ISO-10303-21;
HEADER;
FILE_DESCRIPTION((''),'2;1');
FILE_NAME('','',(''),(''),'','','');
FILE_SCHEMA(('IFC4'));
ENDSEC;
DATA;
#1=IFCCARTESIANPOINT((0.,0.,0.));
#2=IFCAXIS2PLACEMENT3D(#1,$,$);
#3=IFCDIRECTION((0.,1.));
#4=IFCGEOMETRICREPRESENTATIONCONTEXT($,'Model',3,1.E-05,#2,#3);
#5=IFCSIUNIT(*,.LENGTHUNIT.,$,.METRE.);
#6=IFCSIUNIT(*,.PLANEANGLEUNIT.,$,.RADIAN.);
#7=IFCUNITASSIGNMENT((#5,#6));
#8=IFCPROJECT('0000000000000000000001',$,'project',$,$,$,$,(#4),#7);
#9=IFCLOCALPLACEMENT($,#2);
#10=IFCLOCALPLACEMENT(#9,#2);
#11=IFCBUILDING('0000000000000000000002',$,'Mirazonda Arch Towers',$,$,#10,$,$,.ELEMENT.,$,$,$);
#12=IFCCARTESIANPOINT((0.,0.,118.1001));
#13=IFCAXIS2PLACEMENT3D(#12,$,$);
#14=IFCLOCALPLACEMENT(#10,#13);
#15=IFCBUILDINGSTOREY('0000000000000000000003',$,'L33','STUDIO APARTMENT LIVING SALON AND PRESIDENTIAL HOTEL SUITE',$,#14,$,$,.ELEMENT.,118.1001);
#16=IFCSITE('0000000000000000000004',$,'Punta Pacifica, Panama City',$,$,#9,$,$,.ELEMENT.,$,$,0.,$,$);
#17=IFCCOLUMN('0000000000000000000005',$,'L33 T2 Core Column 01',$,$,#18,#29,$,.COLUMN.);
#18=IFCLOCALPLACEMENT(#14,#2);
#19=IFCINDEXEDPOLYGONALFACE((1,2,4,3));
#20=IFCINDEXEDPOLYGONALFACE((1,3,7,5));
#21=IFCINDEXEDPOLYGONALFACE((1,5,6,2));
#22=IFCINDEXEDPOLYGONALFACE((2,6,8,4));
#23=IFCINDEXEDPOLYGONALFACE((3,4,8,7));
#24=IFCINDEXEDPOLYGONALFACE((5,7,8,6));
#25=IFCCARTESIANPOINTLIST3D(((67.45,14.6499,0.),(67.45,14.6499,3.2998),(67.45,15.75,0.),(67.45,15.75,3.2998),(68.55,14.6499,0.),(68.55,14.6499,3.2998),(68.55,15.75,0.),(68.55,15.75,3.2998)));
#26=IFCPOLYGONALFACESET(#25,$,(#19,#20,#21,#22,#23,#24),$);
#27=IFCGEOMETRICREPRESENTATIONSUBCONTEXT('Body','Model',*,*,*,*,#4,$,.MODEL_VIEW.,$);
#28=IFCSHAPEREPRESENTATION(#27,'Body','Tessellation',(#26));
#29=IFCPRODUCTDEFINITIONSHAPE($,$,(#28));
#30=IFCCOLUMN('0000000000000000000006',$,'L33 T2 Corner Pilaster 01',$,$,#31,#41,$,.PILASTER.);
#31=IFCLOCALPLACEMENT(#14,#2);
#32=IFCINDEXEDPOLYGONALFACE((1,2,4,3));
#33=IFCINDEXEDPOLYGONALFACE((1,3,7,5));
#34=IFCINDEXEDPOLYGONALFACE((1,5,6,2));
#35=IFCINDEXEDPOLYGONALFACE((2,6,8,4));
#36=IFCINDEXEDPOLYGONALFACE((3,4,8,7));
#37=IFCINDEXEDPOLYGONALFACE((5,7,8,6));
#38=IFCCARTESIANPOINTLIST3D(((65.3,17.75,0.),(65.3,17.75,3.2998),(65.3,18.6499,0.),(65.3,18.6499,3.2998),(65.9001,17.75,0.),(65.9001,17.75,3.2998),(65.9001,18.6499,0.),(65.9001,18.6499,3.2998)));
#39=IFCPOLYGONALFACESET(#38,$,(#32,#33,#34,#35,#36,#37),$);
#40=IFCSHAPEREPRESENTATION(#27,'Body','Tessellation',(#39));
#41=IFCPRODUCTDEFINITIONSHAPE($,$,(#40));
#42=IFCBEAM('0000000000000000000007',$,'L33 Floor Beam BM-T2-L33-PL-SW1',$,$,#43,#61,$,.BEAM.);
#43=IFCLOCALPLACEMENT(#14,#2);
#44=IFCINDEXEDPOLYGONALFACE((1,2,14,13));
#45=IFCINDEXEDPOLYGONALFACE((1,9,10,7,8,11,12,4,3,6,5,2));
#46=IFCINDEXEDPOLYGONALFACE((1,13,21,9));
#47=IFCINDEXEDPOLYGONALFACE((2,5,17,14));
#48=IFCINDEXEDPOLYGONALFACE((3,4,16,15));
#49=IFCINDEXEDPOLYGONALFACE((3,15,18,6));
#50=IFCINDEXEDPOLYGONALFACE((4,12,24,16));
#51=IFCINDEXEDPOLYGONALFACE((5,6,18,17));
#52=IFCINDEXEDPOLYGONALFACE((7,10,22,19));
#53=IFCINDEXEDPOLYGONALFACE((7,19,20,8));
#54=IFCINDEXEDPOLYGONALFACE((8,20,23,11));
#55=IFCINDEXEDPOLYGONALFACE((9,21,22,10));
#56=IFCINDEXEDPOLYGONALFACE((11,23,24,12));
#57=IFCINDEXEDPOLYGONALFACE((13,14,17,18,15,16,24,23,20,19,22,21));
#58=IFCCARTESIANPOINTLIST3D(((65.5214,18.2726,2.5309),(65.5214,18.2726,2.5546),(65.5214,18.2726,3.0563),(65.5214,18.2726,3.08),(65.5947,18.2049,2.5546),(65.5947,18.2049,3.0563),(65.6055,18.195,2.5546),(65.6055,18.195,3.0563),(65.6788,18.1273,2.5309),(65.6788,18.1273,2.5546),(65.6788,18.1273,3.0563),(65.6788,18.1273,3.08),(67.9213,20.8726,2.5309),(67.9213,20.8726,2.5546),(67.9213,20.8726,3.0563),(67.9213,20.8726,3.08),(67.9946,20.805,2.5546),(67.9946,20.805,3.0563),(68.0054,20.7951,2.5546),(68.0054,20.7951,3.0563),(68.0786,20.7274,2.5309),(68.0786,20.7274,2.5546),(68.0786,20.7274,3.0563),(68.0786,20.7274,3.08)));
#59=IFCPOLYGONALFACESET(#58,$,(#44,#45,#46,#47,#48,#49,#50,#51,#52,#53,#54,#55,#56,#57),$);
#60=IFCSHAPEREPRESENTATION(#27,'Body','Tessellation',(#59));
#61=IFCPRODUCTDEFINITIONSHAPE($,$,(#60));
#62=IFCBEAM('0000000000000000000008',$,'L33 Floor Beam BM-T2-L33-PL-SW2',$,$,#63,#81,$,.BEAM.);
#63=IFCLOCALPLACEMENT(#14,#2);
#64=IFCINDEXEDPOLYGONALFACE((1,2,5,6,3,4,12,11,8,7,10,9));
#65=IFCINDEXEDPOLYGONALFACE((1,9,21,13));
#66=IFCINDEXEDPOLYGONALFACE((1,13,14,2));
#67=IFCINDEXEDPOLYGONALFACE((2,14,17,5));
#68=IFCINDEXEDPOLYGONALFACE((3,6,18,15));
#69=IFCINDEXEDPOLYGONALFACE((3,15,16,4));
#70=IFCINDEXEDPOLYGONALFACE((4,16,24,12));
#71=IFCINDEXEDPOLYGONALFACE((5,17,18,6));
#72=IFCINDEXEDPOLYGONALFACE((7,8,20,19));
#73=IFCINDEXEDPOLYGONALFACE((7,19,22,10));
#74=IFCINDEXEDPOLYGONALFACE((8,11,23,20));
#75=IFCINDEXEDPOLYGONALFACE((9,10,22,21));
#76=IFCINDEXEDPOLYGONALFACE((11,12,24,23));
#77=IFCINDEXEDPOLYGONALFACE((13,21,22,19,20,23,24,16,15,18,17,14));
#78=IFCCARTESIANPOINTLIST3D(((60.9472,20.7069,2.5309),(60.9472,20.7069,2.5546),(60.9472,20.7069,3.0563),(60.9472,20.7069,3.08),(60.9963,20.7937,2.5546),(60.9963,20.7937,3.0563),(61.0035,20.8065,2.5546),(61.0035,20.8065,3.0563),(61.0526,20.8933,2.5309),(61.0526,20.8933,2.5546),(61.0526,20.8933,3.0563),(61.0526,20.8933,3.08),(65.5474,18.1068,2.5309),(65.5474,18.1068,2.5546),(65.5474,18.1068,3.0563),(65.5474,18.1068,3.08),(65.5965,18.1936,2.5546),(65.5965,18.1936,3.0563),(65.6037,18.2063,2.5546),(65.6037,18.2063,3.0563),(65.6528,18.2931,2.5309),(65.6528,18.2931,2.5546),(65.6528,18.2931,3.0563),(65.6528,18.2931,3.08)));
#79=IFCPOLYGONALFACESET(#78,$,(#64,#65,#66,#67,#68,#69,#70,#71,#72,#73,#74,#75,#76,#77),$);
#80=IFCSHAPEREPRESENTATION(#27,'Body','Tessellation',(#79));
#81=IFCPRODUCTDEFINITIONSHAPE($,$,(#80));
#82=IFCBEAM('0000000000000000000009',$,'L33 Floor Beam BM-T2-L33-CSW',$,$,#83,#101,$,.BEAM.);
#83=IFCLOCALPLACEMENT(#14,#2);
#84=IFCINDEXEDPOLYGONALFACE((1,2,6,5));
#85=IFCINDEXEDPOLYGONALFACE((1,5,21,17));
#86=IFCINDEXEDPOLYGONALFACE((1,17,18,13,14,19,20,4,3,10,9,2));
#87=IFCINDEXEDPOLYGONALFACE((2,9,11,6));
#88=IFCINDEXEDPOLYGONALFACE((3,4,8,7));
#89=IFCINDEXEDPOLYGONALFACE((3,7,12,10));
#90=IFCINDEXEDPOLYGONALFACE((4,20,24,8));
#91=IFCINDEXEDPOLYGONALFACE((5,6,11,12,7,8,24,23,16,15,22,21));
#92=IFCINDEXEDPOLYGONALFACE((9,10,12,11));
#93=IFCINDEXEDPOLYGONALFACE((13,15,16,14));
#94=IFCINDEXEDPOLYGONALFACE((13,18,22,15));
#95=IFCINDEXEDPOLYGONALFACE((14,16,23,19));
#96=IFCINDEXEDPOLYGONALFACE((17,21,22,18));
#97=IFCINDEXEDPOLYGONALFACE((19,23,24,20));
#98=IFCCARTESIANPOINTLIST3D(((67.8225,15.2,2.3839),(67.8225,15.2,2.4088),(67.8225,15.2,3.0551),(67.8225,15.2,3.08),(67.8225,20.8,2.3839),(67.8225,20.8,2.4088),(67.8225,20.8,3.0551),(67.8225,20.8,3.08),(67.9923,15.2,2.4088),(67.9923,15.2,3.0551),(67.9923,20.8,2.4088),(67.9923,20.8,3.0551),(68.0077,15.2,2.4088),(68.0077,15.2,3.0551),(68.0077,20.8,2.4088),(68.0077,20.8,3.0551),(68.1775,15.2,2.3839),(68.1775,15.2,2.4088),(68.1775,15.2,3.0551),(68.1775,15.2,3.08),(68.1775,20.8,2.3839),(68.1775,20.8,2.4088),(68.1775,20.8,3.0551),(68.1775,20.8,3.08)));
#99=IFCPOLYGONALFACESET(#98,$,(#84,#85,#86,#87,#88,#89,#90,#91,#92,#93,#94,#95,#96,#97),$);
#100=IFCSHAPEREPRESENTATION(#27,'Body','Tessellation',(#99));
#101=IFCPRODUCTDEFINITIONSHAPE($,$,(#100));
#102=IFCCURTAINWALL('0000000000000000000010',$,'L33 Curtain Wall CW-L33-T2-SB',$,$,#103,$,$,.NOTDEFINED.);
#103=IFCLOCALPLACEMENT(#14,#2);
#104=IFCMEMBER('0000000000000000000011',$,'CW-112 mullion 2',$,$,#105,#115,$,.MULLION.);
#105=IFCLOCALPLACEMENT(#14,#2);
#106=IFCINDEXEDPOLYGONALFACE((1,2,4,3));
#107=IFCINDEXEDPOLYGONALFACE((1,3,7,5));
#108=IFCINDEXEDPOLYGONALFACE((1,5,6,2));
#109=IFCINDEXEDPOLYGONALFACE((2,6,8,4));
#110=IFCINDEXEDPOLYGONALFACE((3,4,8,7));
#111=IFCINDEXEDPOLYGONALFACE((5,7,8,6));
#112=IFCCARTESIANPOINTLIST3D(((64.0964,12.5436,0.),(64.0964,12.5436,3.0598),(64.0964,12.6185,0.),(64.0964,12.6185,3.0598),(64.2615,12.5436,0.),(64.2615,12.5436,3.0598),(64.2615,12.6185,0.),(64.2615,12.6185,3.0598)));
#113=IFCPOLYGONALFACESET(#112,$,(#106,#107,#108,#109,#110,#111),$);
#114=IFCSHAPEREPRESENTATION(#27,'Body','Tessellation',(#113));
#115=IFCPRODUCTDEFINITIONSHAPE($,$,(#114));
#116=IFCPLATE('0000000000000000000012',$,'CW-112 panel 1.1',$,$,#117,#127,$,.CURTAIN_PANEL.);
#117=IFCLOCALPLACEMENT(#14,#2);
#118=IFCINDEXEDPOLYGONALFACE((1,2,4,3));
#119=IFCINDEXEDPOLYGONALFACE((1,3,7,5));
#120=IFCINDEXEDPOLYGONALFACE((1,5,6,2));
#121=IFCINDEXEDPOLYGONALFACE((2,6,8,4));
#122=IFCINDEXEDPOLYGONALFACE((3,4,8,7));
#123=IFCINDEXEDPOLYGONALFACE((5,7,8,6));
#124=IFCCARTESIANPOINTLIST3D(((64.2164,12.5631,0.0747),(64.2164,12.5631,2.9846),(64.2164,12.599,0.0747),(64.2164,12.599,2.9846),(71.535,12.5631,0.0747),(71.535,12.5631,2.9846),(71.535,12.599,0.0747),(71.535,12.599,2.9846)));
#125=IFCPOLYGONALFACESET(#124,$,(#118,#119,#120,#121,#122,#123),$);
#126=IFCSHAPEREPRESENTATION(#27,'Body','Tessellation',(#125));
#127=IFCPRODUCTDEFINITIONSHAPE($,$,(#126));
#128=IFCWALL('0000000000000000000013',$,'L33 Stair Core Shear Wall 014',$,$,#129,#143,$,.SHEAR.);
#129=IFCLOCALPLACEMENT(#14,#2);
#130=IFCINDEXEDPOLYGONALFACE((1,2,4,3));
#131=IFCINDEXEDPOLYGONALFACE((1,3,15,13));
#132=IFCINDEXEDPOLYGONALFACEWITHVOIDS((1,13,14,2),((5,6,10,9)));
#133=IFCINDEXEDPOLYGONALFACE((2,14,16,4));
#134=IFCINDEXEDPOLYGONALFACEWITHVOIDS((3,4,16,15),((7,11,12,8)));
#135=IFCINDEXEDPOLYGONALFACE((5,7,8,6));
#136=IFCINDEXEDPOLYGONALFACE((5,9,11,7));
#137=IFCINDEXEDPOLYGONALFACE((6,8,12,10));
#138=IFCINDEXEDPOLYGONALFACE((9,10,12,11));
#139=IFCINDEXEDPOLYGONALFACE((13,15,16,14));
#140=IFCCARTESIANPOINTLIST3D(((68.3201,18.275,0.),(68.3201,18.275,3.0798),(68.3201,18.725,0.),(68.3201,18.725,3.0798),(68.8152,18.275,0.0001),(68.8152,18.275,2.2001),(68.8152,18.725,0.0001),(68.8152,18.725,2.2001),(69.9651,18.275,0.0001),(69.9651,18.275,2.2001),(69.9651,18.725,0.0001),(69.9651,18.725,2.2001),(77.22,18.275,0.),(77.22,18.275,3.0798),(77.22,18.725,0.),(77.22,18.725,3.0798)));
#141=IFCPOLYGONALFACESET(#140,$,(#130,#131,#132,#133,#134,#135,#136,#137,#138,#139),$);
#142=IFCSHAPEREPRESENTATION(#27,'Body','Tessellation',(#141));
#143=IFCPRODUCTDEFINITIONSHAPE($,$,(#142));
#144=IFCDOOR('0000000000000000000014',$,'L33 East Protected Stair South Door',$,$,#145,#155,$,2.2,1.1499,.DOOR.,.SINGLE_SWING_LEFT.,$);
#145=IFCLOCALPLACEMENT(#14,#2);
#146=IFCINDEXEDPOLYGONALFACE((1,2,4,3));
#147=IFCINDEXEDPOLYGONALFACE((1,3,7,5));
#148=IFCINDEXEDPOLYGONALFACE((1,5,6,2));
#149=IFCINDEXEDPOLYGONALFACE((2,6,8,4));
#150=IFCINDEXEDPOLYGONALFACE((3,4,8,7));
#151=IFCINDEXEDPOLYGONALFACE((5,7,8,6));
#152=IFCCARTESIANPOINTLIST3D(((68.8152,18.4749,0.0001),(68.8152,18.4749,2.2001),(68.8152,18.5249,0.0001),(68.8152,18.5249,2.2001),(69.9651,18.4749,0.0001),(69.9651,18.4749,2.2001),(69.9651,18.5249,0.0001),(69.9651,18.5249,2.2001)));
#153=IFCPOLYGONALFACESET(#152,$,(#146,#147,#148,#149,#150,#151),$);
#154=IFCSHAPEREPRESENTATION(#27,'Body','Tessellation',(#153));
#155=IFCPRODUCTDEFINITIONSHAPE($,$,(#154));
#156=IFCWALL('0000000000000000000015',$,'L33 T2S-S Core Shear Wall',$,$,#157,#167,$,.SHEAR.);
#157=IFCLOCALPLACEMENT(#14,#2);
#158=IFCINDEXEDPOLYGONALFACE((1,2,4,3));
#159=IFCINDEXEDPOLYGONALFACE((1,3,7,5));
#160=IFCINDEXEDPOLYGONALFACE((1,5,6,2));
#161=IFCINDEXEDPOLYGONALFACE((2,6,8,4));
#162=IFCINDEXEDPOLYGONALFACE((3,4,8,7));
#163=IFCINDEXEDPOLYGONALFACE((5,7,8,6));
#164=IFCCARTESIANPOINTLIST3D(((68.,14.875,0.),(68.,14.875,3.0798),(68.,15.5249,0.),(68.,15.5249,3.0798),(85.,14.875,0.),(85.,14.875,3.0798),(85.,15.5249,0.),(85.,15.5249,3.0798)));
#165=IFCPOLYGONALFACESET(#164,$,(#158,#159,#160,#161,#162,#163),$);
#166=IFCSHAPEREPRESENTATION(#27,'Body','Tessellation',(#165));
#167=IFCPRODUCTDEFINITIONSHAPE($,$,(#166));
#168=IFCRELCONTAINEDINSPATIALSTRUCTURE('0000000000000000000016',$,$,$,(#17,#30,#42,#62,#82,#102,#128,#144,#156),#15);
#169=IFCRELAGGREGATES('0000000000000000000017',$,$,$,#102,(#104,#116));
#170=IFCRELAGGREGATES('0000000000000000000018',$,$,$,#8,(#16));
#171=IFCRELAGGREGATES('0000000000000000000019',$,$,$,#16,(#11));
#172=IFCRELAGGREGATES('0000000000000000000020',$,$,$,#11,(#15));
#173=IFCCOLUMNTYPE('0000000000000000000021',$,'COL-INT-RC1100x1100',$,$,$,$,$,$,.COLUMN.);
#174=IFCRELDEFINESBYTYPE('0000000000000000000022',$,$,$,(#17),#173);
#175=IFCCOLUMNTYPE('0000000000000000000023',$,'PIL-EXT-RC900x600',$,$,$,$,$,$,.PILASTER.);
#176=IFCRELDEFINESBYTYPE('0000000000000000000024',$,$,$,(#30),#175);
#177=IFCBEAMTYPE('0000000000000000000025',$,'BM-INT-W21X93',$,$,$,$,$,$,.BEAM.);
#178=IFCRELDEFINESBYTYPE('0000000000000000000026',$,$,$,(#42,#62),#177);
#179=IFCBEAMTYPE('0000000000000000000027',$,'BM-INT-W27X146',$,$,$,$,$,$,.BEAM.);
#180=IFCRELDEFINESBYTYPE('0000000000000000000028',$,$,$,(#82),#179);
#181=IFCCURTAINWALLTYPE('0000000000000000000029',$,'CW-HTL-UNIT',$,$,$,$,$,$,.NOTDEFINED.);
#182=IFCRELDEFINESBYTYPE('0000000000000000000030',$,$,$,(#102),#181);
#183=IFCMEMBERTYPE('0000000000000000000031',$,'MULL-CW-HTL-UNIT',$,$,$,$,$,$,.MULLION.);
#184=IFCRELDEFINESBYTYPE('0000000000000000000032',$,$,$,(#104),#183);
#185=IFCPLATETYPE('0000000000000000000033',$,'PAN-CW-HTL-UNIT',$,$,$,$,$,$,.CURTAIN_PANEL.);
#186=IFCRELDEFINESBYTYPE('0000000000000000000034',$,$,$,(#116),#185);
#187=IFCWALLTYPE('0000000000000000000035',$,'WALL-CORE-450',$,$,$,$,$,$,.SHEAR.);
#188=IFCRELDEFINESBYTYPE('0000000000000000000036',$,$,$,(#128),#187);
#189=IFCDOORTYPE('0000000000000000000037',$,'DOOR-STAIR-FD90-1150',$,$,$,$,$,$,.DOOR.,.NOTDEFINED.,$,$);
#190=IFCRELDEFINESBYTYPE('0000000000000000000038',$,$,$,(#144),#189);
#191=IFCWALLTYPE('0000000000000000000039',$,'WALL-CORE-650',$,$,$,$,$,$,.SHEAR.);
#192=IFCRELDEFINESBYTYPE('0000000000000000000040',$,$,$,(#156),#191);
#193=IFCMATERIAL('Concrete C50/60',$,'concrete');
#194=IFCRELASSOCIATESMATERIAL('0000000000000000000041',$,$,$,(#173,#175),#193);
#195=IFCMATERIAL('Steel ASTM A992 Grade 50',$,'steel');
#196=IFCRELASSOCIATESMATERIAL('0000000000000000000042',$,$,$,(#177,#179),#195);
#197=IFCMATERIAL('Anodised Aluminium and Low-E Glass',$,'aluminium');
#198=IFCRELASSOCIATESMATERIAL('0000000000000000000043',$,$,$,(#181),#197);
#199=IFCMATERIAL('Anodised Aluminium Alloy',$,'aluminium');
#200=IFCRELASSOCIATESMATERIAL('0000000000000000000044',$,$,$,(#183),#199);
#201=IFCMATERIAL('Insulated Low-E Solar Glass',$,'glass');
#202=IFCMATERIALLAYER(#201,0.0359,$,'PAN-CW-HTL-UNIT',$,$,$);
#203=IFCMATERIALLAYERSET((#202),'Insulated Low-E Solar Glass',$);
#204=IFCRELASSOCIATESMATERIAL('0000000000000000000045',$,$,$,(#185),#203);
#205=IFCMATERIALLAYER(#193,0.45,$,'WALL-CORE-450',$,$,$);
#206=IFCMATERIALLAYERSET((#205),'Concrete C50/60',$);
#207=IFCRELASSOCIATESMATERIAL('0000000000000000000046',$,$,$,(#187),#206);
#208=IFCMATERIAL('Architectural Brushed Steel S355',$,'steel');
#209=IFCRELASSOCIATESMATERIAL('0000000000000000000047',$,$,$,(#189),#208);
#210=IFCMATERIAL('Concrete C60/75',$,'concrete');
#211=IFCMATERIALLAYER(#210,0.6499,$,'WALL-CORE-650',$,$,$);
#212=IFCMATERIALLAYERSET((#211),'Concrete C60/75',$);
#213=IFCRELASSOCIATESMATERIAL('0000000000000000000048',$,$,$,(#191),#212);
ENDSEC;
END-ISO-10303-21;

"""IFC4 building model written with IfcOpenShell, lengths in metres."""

from ifc_helpers import new_model, si_unit, direction, frame, frame_2d, origin, origin_2d, place, context, subcontext, project, spatial, rectangle, i_section, extrude, material, layer, layer_set, material_profile, profile_set, type_object, element, fill, aggregate, save


model = new_model("IFC4")

# Units and contexts
model_context = context("Model", 3, precision=1e-05, world=origin(), true_north=direction((0.0, 1.0)))
body_context = subcontext(model_context, "Body", "Model", "MODEL_VIEW")
ifc_project = project(units=[si_unit("LENGTHUNIT", "METRE"), si_unit("PLANEANGLEUNIT", "RADIAN")], contexts=[model_context])

# Site, building, storey
site_placement = place(None, origin())
site = spatial("IfcSite", under=ifc_project, at=site_placement, Name="Punta Pacifica, Panama City", CompositionType="ELEMENT", RefElevation=0.0)
building_placement = place(site_placement, origin())
building = spatial("IfcBuilding", under=site, at=building_placement, Name="Mirazonda Arch Towers", CompositionType="ELEMENT")
storey_placement = place(building_placement, frame((0.0, 0.0, 118.1001)))
storey = spatial("IfcBuildingStorey", under=building, at=storey_placement, Name="L33", Description="STUDIO APARTMENT LIVING SALON AND PRESIDENTIAL HOTEL SUITE", CompositionType="ELEMENT", Elevation=118.1001)

# Columns
ifc_material_1 = material(Name="Concrete C50/60", Category="concrete")
ifc_material_profile_1 = material_profile(ifc_material_1, rectangle(XDim=1.1001, YDim=1.1001, at=origin_2d()), Name="RC1100x1100")
ifc_profile_set_1 = profile_set([ifc_material_profile_1], Name="Concrete C50/60")
column_type_1 = type_object("IfcColumnType", Name="COL-INT-RC1100x1100", PredefinedType="COLUMN", material=ifc_profile_set_1)
column_1_placement = place(storey_placement, frame((68.0, 15.2, 0.0), z_axis=(0.0, 0.0, 1.0), x_axis=(1.0, 0.0, 0.0)))
element("IfcColumn", 1, at=column_1_placement, inside=storey, type_object=column_type_1, Name="L33 T2 Core Column 01", PredefinedType="COLUMN", context=body_context, shape_type="SweptSolid", body=[
    extrude(rectangle(XDim=1.1001, YDim=1.1001, at=origin_2d()), origin(), (0.0, 0.0, 1.0), 3.2998),
])
ifc_material_profile_2 = material_profile(ifc_material_1, rectangle(XDim=0.6001, YDim=0.8999, at=origin_2d()), Name="RC900x600")
ifc_profile_set_2 = profile_set([ifc_material_profile_2], Name="Concrete C50/60")
column_type_2 = type_object("IfcColumnType", Name="PIL-EXT-RC900x600", PredefinedType="PILASTER", material=ifc_profile_set_2)
column_2_placement = place(storey_placement, frame((65.6001, 18.2, 0.0), z_axis=(0.0, 0.0, 1.0), x_axis=(1.0, 0.0, 0.0)))
element("IfcColumn", 2, at=column_2_placement, inside=storey, type_object=column_type_2, Name="L33 T2 Corner Pilaster 01", PredefinedType="PILASTER", context=body_context, shape_type="SweptSolid", body=[
    extrude(rectangle(XDim=0.6001, YDim=0.8999, at=origin_2d()), origin(), (0.0, 0.0, 1.0), 3.2998),
])

# Beams
ifc_material_2 = material(Name="Steel ASTM A992 Grade 50", Category="steel")
ifc_material_profile_3 = material_profile(ifc_material_2, i_section(OverallWidth=0.2141, OverallDepth=0.5491, WebThickness=0.0146, FlangeThickness=0.0237, at=origin_2d()), Name="W21X93")
ifc_profile_set_3 = profile_set([ifc_material_profile_3], Name="Steel ASTM A992 Grade 50")
beam_type_1 = type_object("IfcBeamType", Name="BM-INT-W21X93", PredefinedType="BEAM", material=ifc_profile_set_3)
beam_1_placement = place(storey_placement, frame((65.6001, 18.2, 2.8054), z_axis=(0.678251, 0.73483, 0.0), x_axis=(-0.73483, 0.678251, 0.0)))
element("IfcBeam", 3, at=beam_1_placement, inside=storey, type_object=beam_type_1, Name="L33 Floor Beam BM-T2-L33-PL-SW1", PredefinedType="BEAM", context=body_context, shape_type="SweptSolid", body=[
    extrude(i_section(OverallWidth=0.2141, OverallDepth=0.5491, WebThickness=0.0146, FlangeThickness=0.0237, at=origin_2d()), origin(), (0.0, 0.0, 1.0), 3.5383),
])
beam_2_placement = place(storey_placement, frame((65.6001, 18.2, 2.8054), z_axis=(-0.870559, 0.492063, 0.0), x_axis=(-0.492063, -0.870559, 0.0)))
element("IfcBeam", 4, at=beam_2_placement, inside=storey, type_object=beam_type_1, Name="L33 Floor Beam BM-T2-L33-PL-SW2", PredefinedType="BEAM", context=body_context, shape_type="SweptSolid", body=[
    extrude(i_section(OverallWidth=0.2141, OverallDepth=0.5491, WebThickness=0.0146, FlangeThickness=0.0237, at=origin_2d()), origin(), (0.0, 0.0, 1.0), 5.2842),
])
ifc_material_profile_4 = material_profile(ifc_material_2, i_section(OverallWidth=0.355, OverallDepth=0.696, WebThickness=0.0154, FlangeThickness=0.0249, at=origin_2d()), Name="W27X146")
ifc_profile_set_4 = profile_set([ifc_material_profile_4], Name="Steel ASTM A992 Grade 50")
beam_type_2 = type_object("IfcBeamType", Name="BM-INT-W27X146", PredefinedType="BEAM", material=ifc_profile_set_4)
beam_3_placement = place(storey_placement, frame((68.0, 15.2, 2.7319), z_axis=(0.0, 1.0, 0.0), x_axis=(-1.0, 0.0, 0.0)))
element("IfcBeam", 5, at=beam_3_placement, inside=storey, type_object=beam_type_2, Name="L33 Floor Beam BM-T2-L33-CSW", PredefinedType="BEAM", context=body_context, shape_type="SweptSolid", body=[
    extrude(i_section(OverallWidth=0.355, OverallDepth=0.696, WebThickness=0.0154, FlangeThickness=0.0249, at=origin_2d()), origin(), (0.0, 0.0, 1.0), 5.6001),
])

# Curtain wall, member, plate
ifc_material_3 = material(Name="Anodised Aluminium and Low-E Glass", Category="aluminium")
curtain_wall_type = type_object("IfcCurtainWallType", Name="CW-HTL-UNIT", PredefinedType="NOTDEFINED", material=ifc_material_3)
curtain_wall_placement = place(storey_placement, origin())
curtain_wall = element("IfcCurtainWall", 6, at=curtain_wall_placement, inside=storey, type_object=curtain_wall_type, Name="L33 Curtain Wall CW-L33-T2-SB", PredefinedType="NOTDEFINED")
ifc_material_4 = material(Name="Anodised Aluminium Alloy", Category="aluminium")
ifc_material_profile_5 = material_profile(ifc_material_4, rectangle(XDim=0.075, YDim=0.165, at=origin_2d()), Name="ALU-MULL-75x165")
ifc_profile_set_5 = profile_set([ifc_material_profile_5], Name="Anodised Aluminium Alloy")
member_type = type_object("IfcMemberType", Name="MULL-CW-HTL-UNIT", PredefinedType="MULLION", material=ifc_profile_set_5)
member_placement = place(storey_placement, frame((64.179, 12.5811, 0.0), z_axis=(0.0, 0.0, 1.0), x_axis=(0.0, -1.0, 0.0)))
member = element("IfcMember", 7, at=member_placement, type_object=member_type, Name="CW-112 mullion 2", PredefinedType="MULLION", context=body_context, shape_type="SweptSolid", body=[
    extrude(rectangle(XDim=0.075, YDim=0.165, at=origin_2d()), origin(), (0.0, 0.0, 1.0), 3.0598),
])
ifc_material_5 = material(Name="Insulated Low-E Solar Glass", Category="glass")
ifc_layer_1 = layer(ifc_material_5, 0.0359, Name="PAN-CW-HTL-UNIT")
ifc_layer_set_1 = layer_set([ifc_layer_1], Name="Insulated Low-E Solar Glass")
plate_type = type_object("IfcPlateType", Name="PAN-CW-HTL-UNIT", PredefinedType="CURTAIN_PANEL", material=ifc_layer_set_1)
plate_placement = place(storey_placement, frame((67.8757, 12.5811, 0.0747), z_axis=(0.0, 0.0, 1.0), x_axis=(-1.0, 0.0, 0.0)))
plate = element("IfcPlate", 8, at=plate_placement, type_object=plate_type, Name="CW-112 panel 1.1", PredefinedType="CURTAIN_PANEL", context=body_context, shape_type="SweptSolid", body=[
    extrude(rectangle(XDim=7.3186, YDim=0.0359, at=origin_2d()), origin(), (0.0, 0.0, 1.0), 2.9099),
])
aggregate(curtain_wall, [member, plate])

# Wall, opening, door
ifc_layer_2 = layer(ifc_material_1, 0.45, Name="WALL-CORE-450")
ifc_layer_set_2 = layer_set([ifc_layer_2], Name="Concrete C50/60")
wall_type_1 = type_object("IfcWallType", Name="WALL-CORE-450", PredefinedType="SHEAR", material=ifc_layer_set_2)
wall_1_placement = place(storey_placement, frame((68.3201, 18.5, 0.0), z_axis=(0.0, 0.0, 1.0), x_axis=(1.0, 0.0, 0.0)))
wall_1 = element("IfcWall", 9, at=wall_1_placement, inside=storey, type_object=wall_type_1, Name="L33 Stair Core Shear Wall 014", PredefinedType="SHEAR", context=body_context, shape_type="SweptSolid", body=[
    extrude(rectangle(XDim=8.8999, YDim=0.45, at=frame_2d((4.45, 0.0))), origin(), (0.0, 0.0, 1.0), 3.0798),
])
opening_placement = place(wall_1_placement, frame((0.4951, 0.0, 0.0)))
opening = element("IfcOpeningElement", 10, at=opening_placement, cuts=wall_1, PredefinedType="OPENING", context=body_context, shape_type="SweptSolid", body=[
    extrude(rectangle(XDim=1.1499, YDim=2.2, at=frame_2d((0.575, 1.1001))), frame((0.0, 0.2349, 0.0), z_axis=(0.0, -1.0, 0.0), x_axis=(1.0, 0.0, 0.0)), (0.0, 0.0, 1.0), 0.47),
])
ifc_material_6 = material(Name="Architectural Brushed Steel S355", Category="steel")
door_type = type_object("IfcDoorType", Name="DOOR-STAIR-FD90-1150", OperationType="NOTDEFINED", PredefinedType="DOOR", material=ifc_material_6)
door_placement = place(opening_placement, origin())
door = element("IfcDoor", 11, at=door_placement, inside=storey, type_object=door_type, Name="L33 East Protected Stair South Door", OperationType="SINGLE_SWING_LEFT", OverallHeight=2.2, OverallWidth=1.1499, PredefinedType="DOOR", context=body_context, shape_type="SweptSolid", body=[
    extrude(rectangle(XDim=1.1499, YDim=2.2, at=frame_2d((0.575, 1.1001))), frame((0.0, 0.0249, 0.0), z_axis=(0.0, -1.0, 0.0), x_axis=(1.0, 0.0, 0.0)), (0.0, 0.0, 1.0), 0.05),
])
fill(opening, door)

# Wall
ifc_material_7 = material(Name="Concrete C60/75", Category="concrete")
ifc_layer_3 = layer(ifc_material_7, 0.6499, Name="WALL-CORE-650")
ifc_layer_set_3 = layer_set([ifc_layer_3], Name="Concrete C60/75")
wall_type_2 = type_object("IfcWallType", Name="WALL-CORE-650", PredefinedType="SHEAR", material=ifc_layer_set_3)
wall_2_placement = place(storey_placement, frame((68.0, 15.2, 0.0), z_axis=(0.0, 0.0, 1.0), x_axis=(1.0, 0.0, 0.0)))
element("IfcWall", 12, at=wall_2_placement, inside=storey, type_object=wall_type_2, Name="L33 T2S-S Core Shear Wall", PredefinedType="SHEAR", context=body_context, shape_type="SweptSolid", body=[
    extrude(rectangle(XDim=17.0, YDim=0.6499, at=frame_2d((8.5, 0.0))), origin(), (0.0, 0.0, 1.0), 3.0798),
])

save(model, "model.ifc")
